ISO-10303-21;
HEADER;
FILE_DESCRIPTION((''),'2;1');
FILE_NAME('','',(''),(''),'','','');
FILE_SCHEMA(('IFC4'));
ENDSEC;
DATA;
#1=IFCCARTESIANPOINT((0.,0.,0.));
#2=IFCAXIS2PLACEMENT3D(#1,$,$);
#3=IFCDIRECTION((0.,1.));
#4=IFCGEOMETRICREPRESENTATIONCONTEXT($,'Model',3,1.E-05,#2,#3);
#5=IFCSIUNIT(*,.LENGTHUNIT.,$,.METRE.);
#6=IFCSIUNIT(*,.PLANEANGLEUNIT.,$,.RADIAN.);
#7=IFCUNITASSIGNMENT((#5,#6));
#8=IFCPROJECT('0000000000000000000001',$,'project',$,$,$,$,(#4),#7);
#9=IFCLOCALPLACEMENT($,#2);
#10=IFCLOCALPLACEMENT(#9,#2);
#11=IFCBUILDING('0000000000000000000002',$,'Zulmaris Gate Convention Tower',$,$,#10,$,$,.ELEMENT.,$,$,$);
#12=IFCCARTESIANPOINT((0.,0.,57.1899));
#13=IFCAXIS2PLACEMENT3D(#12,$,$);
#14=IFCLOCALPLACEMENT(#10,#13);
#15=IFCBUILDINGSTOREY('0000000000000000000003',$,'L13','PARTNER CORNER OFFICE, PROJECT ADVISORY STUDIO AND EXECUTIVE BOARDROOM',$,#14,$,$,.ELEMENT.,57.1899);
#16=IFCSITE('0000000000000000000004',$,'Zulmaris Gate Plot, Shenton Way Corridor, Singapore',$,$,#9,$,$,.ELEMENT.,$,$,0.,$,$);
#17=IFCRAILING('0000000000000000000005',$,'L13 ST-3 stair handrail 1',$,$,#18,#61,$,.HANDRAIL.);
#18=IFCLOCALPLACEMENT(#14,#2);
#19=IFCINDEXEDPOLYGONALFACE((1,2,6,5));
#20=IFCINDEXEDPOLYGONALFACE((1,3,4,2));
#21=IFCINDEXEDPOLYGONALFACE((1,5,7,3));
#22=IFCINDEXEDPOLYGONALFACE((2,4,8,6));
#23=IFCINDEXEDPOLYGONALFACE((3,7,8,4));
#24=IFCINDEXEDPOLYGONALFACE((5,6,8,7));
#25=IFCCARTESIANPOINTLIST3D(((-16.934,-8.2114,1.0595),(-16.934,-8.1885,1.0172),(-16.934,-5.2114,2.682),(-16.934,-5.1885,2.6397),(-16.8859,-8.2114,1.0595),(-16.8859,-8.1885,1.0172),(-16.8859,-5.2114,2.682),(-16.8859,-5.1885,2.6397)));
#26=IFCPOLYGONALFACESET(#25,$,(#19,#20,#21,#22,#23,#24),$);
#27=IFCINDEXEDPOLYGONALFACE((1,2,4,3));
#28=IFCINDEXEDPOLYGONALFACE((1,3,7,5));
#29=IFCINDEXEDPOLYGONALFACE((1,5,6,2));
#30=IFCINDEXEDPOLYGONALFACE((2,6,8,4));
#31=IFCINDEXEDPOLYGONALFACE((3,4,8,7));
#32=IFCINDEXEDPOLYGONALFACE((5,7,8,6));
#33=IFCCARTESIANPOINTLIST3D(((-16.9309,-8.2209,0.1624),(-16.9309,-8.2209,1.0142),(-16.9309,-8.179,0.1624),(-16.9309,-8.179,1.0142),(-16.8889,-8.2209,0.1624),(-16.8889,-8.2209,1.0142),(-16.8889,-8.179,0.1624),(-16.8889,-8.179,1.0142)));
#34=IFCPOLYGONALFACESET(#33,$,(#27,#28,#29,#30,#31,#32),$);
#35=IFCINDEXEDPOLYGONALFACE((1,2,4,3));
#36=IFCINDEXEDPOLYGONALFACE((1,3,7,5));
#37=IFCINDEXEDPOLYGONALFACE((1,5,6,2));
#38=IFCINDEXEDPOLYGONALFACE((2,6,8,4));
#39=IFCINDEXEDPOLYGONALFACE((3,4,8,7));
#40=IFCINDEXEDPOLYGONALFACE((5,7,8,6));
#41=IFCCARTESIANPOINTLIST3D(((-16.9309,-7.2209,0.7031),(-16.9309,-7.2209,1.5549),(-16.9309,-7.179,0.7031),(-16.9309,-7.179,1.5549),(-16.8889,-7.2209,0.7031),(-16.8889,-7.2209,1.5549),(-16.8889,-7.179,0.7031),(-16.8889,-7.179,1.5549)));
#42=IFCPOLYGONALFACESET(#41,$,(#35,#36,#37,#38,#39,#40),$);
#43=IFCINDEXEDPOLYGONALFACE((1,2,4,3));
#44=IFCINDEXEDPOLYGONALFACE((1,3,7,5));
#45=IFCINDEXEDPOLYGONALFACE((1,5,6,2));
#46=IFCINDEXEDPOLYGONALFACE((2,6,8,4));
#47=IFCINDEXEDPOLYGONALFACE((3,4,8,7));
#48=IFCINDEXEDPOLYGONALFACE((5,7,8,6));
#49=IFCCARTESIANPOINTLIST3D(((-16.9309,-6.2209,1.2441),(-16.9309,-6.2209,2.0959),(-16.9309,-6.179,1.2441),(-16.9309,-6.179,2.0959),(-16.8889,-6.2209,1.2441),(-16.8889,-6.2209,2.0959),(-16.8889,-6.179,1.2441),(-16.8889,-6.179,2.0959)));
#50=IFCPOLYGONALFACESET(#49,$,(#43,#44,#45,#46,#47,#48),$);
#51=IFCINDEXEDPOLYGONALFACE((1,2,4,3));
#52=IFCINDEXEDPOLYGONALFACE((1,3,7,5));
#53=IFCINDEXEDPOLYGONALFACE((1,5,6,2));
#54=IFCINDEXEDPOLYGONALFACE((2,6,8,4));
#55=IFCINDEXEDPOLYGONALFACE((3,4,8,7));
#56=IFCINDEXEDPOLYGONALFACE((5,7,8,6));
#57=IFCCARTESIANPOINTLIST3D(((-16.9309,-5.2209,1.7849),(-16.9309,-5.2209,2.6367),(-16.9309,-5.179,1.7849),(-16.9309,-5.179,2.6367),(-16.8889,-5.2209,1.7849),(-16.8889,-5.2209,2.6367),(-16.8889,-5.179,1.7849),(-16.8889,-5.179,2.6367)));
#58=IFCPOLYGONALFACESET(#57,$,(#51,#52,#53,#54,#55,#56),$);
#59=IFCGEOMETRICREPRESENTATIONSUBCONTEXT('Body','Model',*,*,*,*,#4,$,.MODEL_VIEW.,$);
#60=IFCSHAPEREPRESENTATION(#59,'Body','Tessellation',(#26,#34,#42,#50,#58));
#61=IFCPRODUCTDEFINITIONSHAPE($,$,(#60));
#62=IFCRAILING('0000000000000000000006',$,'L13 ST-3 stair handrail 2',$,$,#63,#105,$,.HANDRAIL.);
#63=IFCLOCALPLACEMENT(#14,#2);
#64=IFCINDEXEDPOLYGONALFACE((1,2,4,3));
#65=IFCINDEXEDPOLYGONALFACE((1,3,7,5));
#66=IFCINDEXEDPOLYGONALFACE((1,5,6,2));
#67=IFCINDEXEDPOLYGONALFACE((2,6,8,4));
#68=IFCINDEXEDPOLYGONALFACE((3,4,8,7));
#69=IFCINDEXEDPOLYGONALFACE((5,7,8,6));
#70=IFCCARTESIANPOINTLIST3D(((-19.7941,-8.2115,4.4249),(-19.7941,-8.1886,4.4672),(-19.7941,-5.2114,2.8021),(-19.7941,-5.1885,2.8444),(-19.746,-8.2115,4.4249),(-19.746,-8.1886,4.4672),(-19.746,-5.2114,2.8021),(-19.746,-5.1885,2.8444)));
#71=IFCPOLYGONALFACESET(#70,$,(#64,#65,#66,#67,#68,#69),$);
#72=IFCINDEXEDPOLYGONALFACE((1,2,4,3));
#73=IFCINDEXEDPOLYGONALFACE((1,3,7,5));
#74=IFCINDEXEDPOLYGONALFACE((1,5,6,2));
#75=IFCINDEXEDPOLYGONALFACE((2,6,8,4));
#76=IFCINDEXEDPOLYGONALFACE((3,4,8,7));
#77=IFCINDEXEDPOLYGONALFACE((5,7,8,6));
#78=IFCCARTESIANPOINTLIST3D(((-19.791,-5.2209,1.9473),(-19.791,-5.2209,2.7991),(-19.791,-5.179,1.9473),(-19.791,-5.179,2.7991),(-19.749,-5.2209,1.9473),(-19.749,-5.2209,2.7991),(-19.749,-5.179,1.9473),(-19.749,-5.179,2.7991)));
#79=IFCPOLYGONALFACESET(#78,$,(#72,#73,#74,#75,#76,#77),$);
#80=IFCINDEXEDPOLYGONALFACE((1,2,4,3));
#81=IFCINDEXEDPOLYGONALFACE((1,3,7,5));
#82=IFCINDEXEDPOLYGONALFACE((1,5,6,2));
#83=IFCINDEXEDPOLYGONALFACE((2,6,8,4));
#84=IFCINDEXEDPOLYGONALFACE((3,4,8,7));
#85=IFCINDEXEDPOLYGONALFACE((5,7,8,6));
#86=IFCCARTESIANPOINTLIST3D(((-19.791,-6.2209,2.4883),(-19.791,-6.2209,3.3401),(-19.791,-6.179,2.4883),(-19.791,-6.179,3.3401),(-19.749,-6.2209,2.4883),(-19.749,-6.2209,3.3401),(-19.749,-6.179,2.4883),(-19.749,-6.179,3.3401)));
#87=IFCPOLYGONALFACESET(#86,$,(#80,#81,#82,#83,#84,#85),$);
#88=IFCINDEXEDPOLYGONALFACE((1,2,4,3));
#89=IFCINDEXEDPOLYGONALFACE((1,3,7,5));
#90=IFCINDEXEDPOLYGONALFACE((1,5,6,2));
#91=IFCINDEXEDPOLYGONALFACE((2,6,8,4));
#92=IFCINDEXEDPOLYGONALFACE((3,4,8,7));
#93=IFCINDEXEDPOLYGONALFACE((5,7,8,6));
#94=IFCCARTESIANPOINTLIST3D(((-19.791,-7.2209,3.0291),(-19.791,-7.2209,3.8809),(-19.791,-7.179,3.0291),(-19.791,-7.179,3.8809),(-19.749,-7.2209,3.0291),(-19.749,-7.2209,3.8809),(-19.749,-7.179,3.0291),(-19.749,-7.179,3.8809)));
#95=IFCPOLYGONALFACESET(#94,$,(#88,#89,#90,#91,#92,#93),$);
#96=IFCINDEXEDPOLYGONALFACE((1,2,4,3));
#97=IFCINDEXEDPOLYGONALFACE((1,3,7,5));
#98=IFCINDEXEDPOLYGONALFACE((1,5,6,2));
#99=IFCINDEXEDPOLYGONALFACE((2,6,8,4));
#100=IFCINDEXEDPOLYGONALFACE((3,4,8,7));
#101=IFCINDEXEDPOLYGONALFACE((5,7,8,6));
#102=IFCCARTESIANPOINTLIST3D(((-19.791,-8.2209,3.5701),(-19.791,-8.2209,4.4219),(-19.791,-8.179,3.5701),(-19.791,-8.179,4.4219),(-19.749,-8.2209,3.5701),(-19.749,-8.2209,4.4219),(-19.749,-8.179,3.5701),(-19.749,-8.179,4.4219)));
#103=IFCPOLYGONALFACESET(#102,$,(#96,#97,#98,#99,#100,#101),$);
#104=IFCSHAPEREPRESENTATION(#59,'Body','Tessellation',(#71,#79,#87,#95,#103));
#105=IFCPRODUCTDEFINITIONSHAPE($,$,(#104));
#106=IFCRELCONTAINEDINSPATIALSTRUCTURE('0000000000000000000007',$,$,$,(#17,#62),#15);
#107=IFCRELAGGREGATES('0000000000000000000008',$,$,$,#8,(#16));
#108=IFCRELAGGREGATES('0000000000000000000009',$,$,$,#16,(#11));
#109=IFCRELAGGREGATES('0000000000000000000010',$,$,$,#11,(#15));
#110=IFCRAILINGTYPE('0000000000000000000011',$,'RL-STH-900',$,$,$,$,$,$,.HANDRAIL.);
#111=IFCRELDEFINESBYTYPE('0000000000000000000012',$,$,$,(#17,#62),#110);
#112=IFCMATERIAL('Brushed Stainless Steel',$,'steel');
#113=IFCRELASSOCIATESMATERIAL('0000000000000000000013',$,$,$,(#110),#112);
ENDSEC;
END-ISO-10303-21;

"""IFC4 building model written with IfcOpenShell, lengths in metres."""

from ifc_helpers import new_model, si_unit, direction, frame, origin, origin_2d, place, context, subcontext, project, spatial, rectangle, extrude, material, type_object, element, save


model = new_model("IFC4")

# Units and contexts
model_context = context("Model", 3, precision=1e-05, world=origin(), true_north=direction((0.0, 1.0)))
body_context = subcontext(model_context, "Body", "Model", "MODEL_VIEW")
ifc_project = project(units=[si_unit("LENGTHUNIT", "METRE"), si_unit("PLANEANGLEUNIT", "RADIAN")], contexts=[model_context])

# Site, building, storey
site_placement = place(None, origin())
site = spatial("IfcSite", under=ifc_project, at=site_placement, Name="Zulmaris Gate Plot, Shenton Way Corridor, Singapore", CompositionType="ELEMENT", RefElevation=0.0)
building_placement = place(site_placement, origin())
building = spatial("IfcBuilding", under=site, at=building_placement, Name="Zulmaris Gate Convention Tower", CompositionType="ELEMENT")
storey_placement = place(building_placement, frame((0.0, 0.0, 57.1899)))
storey = spatial("IfcBuildingStorey", under=building, at=storey_placement, Name="L13", Description="PARTNER CORNER OFFICE, PROJECT ADVISORY STUDIO AND EXECUTIVE BOARDROOM", CompositionType="ELEMENT", Elevation=57.1899)

# Shared definitions
ifc_material_1 = material(Name="Brushed Stainless Steel", Category="steel")

# Railings
railing_type_1 = type_object("IfcRailingType", Name="RL-STH-900", PredefinedType="HANDRAIL", material=ifc_material_1)
railing_1_placement = place(storey_placement, frame((-16.9099, -8.2, 0.1624)))
element("IfcRailing", 1, at=railing_1_placement, inside=storey, type_object=railing_type_1, Name="L13 ST-3 stair handrail 1", PredefinedType="HANDRAIL", context=body_context, shape_type="SweptSolid", body=[
    extrude(rectangle(XDim=0.0481, YDim=0.0481, at=origin_2d()), frame((0.0, 0.0, 0.876), z_axis=(0.0, 0.879592, 0.47573), x_axis=(-1.0, 0.0, 0.0)), (0.0, 0.0, 1.0), 3.4106),
    extrude(rectangle(XDim=0.042, YDim=0.042, at=origin_2d()), origin(), (0.0, 0.0, 1.0), 0.8518),
    extrude(rectangle(XDim=0.042, YDim=0.042, at=origin_2d()), frame((0.0, 1.0, 0.5408)), (0.0, 0.0, 1.0), 0.8518),
    extrude(rectangle(XDim=0.042, YDim=0.042, at=origin_2d()), frame((0.0, 2.0, 1.0818)), (0.0, 0.0, 1.0), 0.8518),
    extrude(rectangle(XDim=0.042, YDim=0.042, at=origin_2d()), frame((0.0, 3.0, 1.6226)), (0.0, 0.0, 1.0), 0.8518),
])
railing_2_placement = place(storey_placement, frame((-19.77, -5.2, 1.9473)))
element("IfcRailing", 2, at=railing_2_placement, inside=storey, type_object=railing_type_1, Name="L13 ST-3 stair handrail 2", PredefinedType="HANDRAIL", context=body_context, shape_type="SweptSolid", body=[
    extrude(rectangle(XDim=0.0481, YDim=0.0481, at=origin_2d()), frame((0.0, 0.0, 0.876), z_axis=(0.0, -0.879562, 0.475785), x_axis=(1.0, 0.0, 0.0)), (0.0, 0.0, 1.0), 3.4109),
    extrude(rectangle(XDim=0.042, YDim=0.042, at=origin_2d()), origin(), (0.0, 0.0, 1.0), 0.8518),
    extrude(rectangle(XDim=0.042, YDim=0.042, at=origin_2d()), frame((0.0, -1.0, 0.541)), (0.0, 0.0, 1.0), 0.8518),
    extrude(rectangle(XDim=0.042, YDim=0.042, at=origin_2d()), frame((0.0, -2.0, 1.0818)), (0.0, 0.0, 1.0), 0.8518),
    extrude(rectangle(XDim=0.042, YDim=0.042, at=origin_2d()), frame((0.0, -3.0, 1.6228)), (0.0, 0.0, 1.0), 0.8518),
])

save(model, "model.ifc")
